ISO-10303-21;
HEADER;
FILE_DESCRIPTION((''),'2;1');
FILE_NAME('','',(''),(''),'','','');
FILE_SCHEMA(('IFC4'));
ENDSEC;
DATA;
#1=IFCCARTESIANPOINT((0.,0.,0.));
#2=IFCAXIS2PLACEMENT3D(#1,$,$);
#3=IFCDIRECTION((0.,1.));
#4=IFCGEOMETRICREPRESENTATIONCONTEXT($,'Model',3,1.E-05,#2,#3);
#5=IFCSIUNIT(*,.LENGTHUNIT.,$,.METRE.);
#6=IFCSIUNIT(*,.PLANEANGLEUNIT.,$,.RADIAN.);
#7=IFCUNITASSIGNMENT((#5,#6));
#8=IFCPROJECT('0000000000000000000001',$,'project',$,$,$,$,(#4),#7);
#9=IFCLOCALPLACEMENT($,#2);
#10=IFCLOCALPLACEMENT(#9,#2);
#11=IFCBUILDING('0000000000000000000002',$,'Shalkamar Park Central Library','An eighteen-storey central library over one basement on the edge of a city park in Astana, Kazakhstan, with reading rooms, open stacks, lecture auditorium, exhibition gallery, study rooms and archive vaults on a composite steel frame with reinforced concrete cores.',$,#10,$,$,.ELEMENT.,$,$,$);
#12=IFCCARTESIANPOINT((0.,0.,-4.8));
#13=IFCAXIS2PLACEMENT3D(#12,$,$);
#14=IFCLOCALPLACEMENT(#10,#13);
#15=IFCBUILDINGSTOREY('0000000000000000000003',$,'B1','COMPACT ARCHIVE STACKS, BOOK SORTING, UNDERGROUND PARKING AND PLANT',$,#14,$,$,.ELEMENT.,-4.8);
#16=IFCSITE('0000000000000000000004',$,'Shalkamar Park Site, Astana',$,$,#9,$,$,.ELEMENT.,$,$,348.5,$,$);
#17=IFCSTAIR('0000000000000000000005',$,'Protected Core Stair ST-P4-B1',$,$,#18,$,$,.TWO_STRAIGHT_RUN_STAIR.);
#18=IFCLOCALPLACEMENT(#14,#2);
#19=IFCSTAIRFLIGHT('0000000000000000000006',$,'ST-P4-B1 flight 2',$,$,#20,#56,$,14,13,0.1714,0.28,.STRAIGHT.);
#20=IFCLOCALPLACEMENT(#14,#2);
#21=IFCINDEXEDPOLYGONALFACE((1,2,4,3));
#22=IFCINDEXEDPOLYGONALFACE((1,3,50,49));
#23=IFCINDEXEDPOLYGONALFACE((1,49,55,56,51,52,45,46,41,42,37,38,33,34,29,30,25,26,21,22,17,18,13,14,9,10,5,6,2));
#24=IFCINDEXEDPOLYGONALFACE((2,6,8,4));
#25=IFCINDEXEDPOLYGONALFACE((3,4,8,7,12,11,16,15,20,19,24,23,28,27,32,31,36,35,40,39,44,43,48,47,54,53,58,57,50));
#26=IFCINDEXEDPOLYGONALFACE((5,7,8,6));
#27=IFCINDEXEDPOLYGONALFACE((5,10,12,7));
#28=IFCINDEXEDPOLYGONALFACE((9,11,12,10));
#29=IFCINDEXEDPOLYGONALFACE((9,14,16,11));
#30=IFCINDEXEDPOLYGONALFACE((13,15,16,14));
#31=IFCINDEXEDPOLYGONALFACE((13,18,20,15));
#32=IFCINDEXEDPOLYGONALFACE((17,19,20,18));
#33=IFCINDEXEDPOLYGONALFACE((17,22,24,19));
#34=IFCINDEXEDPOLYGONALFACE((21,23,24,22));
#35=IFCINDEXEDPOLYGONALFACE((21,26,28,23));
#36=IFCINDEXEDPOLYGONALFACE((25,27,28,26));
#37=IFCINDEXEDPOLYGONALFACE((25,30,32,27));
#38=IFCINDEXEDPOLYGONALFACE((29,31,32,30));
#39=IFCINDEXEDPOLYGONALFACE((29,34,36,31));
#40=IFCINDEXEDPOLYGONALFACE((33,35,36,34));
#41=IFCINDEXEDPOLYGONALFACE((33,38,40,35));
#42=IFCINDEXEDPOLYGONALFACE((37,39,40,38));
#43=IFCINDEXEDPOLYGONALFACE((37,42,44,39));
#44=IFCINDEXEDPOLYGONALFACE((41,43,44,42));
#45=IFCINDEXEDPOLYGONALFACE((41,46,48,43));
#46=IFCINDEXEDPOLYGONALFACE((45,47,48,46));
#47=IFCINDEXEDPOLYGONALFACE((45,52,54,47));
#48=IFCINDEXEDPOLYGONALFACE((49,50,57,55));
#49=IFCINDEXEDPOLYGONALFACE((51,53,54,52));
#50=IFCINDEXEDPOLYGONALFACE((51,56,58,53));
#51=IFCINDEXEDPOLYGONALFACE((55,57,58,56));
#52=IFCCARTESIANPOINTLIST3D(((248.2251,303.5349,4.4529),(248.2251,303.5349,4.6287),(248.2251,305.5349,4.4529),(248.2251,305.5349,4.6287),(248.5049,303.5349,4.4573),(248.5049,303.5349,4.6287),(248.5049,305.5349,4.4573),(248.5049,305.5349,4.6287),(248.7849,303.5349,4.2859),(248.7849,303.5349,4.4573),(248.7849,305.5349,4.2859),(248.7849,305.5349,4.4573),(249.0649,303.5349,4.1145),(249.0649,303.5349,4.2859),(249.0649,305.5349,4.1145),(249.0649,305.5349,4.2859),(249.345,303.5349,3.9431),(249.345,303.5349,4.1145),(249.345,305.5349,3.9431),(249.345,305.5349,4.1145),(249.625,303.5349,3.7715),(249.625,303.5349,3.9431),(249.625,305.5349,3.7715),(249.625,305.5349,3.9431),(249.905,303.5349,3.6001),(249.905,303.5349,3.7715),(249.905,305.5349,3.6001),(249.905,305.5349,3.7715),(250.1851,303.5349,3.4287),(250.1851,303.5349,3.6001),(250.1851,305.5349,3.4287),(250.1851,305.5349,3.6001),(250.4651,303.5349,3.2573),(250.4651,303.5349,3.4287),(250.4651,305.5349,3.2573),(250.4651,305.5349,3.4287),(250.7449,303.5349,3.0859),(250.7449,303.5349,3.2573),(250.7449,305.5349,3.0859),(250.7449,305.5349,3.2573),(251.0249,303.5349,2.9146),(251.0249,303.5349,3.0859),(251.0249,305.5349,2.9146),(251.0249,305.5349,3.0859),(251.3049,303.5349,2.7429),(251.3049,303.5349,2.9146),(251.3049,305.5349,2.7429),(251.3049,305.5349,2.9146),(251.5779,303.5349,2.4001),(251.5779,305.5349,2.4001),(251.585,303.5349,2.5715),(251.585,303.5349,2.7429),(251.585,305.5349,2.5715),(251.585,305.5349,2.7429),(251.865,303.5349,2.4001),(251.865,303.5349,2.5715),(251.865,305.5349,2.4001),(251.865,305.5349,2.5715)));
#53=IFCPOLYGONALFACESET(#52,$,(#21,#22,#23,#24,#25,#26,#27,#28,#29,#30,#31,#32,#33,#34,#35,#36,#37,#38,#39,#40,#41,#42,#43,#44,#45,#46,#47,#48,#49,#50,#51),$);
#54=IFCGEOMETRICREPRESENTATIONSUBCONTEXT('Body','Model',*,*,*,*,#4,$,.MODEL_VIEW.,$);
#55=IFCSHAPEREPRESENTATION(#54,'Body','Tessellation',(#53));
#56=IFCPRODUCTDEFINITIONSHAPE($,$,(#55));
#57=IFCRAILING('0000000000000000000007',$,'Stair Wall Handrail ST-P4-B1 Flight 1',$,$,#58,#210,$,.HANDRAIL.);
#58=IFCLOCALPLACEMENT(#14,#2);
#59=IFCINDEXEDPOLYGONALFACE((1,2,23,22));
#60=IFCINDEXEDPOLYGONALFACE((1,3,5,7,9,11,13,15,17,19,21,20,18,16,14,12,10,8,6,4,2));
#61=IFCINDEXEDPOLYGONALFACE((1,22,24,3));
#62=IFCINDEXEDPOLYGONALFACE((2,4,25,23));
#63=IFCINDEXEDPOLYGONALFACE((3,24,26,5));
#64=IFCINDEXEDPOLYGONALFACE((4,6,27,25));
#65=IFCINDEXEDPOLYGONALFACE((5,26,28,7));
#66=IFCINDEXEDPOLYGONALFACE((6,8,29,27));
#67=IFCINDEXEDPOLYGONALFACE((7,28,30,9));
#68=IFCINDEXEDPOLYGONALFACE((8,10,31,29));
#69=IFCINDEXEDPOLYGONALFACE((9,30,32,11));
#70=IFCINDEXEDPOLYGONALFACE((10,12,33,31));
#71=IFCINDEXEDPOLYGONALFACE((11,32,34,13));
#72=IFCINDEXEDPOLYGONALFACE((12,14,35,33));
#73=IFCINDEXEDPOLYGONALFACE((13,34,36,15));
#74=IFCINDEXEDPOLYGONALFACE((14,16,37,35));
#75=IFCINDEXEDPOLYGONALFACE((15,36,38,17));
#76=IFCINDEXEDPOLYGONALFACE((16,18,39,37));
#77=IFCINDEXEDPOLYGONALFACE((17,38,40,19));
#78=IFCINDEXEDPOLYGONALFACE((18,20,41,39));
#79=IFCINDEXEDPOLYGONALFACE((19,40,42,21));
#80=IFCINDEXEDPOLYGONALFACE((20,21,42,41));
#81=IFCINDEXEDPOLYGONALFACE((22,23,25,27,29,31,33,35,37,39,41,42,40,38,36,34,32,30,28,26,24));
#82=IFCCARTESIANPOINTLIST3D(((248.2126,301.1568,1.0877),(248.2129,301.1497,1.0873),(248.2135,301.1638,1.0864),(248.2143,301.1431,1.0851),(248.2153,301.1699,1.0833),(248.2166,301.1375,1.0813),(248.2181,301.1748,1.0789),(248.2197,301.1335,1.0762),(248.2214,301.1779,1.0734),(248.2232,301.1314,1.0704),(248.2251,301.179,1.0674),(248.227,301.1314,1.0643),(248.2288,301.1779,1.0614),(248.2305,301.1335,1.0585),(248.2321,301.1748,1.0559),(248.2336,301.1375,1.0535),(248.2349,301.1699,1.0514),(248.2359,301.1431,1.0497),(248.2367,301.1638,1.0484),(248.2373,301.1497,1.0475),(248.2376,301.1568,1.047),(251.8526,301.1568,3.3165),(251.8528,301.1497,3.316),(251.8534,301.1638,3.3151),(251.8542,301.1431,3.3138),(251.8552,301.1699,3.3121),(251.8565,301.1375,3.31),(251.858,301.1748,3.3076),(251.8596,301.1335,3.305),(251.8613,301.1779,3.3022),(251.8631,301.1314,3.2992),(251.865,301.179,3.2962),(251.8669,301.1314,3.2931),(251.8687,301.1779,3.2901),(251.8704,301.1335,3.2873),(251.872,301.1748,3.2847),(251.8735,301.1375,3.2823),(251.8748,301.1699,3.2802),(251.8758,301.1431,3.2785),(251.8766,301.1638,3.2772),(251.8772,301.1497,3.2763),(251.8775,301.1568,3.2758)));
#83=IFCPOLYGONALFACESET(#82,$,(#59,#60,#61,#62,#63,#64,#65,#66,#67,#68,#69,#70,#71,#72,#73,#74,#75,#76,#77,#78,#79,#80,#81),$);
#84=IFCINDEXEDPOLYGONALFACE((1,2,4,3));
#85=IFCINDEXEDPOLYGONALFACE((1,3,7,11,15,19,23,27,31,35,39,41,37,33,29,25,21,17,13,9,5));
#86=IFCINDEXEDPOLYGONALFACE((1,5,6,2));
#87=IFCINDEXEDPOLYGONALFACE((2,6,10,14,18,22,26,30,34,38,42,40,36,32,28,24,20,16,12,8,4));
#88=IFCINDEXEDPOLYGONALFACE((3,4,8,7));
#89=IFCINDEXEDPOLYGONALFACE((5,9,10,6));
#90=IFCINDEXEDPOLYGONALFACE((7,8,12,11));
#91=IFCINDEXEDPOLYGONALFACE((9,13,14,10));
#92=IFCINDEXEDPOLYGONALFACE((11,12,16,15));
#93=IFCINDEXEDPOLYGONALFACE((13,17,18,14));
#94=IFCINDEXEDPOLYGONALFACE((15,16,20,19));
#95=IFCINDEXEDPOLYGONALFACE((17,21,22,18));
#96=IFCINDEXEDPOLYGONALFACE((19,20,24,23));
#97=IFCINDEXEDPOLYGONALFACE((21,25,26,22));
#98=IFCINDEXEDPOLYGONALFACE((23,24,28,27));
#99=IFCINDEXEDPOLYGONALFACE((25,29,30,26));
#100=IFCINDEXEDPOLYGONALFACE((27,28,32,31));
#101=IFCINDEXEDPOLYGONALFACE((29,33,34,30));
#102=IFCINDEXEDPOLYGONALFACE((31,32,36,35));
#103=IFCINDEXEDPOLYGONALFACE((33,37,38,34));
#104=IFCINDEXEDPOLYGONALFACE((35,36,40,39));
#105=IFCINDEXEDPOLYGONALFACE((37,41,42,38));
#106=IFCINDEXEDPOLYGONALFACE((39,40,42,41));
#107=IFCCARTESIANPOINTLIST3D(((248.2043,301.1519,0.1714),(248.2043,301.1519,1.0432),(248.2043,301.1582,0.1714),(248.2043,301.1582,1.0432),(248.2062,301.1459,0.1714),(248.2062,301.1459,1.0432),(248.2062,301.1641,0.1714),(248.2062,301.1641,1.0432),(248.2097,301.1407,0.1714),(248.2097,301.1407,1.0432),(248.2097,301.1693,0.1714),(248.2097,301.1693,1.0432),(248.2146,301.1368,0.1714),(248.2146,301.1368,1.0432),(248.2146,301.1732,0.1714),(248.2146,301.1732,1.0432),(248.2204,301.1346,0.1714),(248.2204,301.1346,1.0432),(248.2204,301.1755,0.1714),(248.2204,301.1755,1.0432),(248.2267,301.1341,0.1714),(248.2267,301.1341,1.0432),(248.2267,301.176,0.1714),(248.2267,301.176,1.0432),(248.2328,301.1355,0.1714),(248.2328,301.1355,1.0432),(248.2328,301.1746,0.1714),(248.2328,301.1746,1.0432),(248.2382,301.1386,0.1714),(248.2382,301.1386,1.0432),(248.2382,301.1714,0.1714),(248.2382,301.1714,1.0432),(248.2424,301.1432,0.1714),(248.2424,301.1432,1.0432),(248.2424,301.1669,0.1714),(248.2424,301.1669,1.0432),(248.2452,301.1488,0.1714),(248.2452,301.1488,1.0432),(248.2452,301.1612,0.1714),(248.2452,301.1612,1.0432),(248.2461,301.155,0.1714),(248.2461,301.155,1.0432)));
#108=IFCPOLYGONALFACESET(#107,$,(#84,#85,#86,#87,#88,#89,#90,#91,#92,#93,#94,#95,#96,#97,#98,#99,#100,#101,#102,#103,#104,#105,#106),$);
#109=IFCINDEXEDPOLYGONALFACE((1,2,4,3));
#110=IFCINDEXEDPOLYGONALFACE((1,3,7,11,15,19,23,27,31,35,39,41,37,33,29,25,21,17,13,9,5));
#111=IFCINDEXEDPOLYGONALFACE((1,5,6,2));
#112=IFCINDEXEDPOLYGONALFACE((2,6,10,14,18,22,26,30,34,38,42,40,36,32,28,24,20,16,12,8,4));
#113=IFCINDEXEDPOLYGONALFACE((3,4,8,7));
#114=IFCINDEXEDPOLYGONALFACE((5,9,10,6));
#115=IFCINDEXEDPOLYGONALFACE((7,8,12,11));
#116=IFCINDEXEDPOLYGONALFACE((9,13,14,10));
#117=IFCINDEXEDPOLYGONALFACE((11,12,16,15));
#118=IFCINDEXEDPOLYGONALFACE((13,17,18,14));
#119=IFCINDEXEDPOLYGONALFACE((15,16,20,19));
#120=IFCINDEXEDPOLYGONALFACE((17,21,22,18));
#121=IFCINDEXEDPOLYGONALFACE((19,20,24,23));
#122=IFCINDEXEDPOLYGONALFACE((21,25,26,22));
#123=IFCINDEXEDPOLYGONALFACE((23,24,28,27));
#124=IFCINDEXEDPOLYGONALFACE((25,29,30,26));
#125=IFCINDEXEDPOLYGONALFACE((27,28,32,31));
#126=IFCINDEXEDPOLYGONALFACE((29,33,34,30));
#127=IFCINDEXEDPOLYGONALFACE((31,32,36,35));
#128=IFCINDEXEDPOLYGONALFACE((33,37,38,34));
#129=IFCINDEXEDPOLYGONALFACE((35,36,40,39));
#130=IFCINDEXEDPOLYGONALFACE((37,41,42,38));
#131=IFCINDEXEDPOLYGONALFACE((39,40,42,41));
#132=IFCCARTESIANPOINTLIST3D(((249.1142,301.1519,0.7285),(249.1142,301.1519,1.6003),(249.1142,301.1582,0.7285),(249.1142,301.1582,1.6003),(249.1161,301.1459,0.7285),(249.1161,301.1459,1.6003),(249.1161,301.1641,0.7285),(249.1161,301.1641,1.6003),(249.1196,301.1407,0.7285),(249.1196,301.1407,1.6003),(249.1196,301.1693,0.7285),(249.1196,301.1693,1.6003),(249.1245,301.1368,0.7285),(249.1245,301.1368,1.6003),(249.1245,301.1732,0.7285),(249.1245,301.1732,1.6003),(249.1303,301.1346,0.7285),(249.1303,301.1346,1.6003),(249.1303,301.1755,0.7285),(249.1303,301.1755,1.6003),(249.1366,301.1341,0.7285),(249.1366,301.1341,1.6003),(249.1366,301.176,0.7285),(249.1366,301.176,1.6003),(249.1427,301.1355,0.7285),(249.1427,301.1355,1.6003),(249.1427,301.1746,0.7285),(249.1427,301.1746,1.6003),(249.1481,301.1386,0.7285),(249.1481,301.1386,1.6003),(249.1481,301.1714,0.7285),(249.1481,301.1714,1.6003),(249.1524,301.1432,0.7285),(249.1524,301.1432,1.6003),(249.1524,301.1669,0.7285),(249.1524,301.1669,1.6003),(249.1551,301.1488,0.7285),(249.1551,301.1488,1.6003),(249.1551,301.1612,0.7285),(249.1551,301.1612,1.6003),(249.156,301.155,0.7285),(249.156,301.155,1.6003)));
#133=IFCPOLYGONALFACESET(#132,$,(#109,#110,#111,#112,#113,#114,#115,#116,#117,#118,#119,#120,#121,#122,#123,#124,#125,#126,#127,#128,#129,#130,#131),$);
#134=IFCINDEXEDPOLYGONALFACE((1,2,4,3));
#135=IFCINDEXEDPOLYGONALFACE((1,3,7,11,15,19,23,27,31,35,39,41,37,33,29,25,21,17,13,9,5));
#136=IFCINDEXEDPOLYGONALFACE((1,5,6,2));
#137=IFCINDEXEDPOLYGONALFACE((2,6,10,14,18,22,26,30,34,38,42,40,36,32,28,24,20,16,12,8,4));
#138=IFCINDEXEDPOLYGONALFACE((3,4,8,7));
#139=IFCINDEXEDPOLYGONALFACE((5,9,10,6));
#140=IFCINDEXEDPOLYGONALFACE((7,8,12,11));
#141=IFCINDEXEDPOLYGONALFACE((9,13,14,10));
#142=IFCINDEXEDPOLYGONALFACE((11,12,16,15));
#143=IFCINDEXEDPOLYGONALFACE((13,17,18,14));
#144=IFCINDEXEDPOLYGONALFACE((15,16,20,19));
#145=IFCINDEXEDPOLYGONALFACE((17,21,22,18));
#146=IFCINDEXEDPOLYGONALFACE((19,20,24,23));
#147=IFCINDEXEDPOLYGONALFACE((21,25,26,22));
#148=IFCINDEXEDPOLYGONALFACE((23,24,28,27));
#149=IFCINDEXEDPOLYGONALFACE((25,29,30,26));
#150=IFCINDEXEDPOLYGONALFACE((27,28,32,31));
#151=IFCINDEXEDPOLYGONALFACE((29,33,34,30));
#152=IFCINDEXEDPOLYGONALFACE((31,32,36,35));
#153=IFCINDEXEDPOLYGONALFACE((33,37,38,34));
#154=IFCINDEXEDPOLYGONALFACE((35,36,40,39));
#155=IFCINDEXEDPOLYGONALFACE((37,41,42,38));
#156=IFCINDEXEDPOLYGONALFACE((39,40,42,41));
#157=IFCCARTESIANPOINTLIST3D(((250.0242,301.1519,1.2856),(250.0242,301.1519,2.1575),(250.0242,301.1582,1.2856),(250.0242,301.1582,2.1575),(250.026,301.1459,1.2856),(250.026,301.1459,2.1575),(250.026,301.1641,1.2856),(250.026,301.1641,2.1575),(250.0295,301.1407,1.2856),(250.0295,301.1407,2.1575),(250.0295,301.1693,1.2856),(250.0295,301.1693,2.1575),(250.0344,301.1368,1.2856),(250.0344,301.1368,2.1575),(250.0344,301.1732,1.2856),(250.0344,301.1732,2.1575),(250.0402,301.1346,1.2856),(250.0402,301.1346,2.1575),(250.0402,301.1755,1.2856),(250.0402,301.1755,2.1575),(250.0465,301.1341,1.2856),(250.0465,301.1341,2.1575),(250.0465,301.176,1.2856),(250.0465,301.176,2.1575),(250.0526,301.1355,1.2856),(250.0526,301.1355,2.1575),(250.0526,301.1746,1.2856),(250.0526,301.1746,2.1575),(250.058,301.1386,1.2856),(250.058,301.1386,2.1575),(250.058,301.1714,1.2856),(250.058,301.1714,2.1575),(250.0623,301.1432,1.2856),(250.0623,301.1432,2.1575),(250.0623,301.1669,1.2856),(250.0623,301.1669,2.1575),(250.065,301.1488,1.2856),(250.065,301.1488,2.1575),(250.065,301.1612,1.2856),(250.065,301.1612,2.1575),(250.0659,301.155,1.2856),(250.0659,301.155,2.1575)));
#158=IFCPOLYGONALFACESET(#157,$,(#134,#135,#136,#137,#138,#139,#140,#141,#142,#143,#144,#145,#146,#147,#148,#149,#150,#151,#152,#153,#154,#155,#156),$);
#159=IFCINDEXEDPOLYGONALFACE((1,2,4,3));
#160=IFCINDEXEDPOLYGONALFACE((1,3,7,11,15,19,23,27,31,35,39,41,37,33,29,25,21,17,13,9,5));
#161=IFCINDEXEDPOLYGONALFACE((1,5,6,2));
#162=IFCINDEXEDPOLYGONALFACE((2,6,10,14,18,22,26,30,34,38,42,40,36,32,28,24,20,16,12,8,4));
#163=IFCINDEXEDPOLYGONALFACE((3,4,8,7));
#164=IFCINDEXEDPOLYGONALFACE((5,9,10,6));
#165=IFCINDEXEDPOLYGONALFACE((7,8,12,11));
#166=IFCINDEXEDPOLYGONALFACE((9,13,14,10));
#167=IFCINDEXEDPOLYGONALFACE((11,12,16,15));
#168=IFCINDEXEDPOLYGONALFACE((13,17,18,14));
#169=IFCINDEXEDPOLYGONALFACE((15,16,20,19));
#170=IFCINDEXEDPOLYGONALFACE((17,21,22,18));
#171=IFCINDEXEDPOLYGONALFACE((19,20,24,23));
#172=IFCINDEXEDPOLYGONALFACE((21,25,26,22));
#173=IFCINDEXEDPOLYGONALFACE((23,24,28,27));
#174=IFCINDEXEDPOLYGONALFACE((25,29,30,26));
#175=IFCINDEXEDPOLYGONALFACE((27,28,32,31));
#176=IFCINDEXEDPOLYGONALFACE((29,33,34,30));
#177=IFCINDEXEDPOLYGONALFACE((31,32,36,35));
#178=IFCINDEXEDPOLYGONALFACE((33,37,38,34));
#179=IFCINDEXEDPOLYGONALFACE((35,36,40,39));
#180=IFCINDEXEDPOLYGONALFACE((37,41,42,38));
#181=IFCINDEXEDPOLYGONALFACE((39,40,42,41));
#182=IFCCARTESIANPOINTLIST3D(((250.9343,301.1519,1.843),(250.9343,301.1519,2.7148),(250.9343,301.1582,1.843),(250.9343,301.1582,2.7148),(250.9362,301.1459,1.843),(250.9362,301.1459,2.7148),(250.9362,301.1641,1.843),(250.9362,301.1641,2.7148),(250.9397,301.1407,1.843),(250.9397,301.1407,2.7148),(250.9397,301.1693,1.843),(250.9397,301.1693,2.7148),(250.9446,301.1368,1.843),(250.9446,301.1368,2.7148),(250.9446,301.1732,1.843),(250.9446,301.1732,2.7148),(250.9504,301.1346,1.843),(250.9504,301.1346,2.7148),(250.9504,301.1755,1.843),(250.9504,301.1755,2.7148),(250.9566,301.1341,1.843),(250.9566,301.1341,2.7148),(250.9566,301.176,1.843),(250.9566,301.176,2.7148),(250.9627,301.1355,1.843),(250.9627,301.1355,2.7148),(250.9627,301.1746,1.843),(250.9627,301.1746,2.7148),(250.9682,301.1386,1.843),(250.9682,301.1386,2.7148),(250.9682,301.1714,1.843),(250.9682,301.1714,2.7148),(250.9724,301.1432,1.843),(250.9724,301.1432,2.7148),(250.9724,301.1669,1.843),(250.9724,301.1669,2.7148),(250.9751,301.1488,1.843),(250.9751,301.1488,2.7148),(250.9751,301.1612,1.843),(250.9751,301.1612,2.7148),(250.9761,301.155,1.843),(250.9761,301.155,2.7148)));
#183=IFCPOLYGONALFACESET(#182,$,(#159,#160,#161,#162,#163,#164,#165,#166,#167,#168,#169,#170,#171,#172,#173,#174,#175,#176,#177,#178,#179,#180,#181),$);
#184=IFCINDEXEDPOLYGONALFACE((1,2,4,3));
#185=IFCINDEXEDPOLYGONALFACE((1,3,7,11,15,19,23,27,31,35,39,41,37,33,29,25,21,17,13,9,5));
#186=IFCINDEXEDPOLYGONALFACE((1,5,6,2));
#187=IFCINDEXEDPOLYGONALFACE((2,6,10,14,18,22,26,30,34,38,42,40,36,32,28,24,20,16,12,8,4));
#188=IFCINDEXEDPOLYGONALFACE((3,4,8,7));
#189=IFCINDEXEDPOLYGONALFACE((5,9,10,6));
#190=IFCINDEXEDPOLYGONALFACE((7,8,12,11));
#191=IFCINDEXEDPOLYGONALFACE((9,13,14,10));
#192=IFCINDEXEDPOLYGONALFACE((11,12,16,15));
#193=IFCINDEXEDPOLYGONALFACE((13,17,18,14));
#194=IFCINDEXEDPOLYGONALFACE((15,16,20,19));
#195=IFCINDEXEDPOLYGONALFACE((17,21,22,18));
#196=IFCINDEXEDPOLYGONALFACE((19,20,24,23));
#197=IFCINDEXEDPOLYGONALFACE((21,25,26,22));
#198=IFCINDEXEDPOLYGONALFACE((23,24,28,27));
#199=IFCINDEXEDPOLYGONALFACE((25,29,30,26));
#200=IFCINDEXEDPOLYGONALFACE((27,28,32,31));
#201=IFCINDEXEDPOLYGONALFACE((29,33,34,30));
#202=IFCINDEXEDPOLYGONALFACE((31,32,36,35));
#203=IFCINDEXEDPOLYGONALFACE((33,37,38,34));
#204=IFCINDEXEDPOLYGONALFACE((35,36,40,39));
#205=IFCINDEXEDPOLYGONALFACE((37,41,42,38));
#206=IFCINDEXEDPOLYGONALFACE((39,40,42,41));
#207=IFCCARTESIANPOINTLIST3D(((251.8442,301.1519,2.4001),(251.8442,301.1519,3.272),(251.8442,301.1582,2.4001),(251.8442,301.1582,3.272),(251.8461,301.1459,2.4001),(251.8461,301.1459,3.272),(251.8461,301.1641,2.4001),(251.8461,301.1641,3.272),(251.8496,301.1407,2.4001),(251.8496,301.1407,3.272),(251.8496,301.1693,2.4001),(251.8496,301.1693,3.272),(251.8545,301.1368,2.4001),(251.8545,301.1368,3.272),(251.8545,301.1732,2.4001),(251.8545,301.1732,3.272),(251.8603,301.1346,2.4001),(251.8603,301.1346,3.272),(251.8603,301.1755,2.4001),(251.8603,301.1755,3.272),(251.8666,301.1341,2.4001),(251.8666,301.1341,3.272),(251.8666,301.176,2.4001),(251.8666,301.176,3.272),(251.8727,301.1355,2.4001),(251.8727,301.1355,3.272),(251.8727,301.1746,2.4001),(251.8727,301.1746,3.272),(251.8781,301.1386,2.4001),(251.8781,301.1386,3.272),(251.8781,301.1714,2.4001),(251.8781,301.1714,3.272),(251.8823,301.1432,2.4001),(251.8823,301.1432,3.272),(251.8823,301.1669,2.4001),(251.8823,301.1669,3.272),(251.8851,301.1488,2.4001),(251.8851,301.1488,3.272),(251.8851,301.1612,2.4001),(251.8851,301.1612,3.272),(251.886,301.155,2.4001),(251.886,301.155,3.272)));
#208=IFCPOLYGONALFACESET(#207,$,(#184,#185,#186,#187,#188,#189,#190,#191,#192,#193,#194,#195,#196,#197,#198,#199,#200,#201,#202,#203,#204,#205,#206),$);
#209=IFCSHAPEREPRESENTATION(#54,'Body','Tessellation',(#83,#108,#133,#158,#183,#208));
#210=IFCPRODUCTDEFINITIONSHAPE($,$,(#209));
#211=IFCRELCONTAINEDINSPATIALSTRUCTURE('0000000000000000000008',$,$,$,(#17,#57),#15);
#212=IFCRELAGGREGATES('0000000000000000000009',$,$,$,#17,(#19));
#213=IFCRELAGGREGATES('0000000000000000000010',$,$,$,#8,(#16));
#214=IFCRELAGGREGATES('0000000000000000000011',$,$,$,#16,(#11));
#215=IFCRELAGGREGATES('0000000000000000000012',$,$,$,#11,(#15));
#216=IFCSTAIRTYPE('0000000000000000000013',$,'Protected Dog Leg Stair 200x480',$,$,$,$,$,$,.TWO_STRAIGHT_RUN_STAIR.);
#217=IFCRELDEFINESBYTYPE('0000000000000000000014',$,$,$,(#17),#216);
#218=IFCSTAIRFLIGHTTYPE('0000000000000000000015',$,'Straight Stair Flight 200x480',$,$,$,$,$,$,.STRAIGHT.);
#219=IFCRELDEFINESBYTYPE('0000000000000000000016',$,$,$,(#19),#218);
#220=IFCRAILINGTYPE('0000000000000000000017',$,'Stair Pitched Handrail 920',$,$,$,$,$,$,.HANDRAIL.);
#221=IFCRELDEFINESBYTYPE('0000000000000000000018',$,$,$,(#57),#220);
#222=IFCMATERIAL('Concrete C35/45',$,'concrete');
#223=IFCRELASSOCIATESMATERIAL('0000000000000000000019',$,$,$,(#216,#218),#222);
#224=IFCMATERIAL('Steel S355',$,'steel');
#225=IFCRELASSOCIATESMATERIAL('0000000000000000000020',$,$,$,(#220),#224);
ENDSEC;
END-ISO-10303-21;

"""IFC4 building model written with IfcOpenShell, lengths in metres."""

from ifc_helpers import new_model, si_unit, direction, frame, origin, origin_2d, place, context, subcontext, project, spatial, polyline, circle, outline, extrude, material, type_object, element, aggregate, save


model = new_model("IFC4")

# Units and contexts
model_context = context("Model", 3, precision=1e-05, world=origin(), true_north=direction((0.0, 1.0)))
body_context = subcontext(model_context, "Body", "Model", "MODEL_VIEW")
ifc_project = project(units=[si_unit("LENGTHUNIT", "METRE"), si_unit("PLANEANGLEUNIT", "RADIAN")], contexts=[model_context])

# Site, building, storey
site_placement = place(None, origin())
site = spatial("IfcSite", under=ifc_project, at=site_placement, Name="Shalkamar Park Site, Astana", CompositionType="ELEMENT", RefElevation=348.5)
building_placement = place(site_placement, origin())
building = spatial("IfcBuilding", under=site, at=building_placement, Name="Shalkamar Park Central Library", Description="An eighteen-storey central library over one basement on the edge of a city park in Astana, Kazakhstan, with reading rooms, open stacks, lecture auditorium, exhibition gallery, study rooms and archive vaults on a composite steel frame with reinforced concrete cores.", CompositionType="ELEMENT")
storey_placement = place(building_placement, frame((0.0, 0.0, -4.8)))
storey = spatial("IfcBuildingStorey", under=building, at=storey_placement, Name="B1", Description="COMPACT ARCHIVE STACKS, BOOK SORTING, UNDERGROUND PARKING AND PLANT", CompositionType="ELEMENT", Elevation=-4.8)

# Shared definitions
ifc_material_1 = material(Name="Concrete C35/45", Category="concrete")

# Shared definitions
ifc_material_2 = material(Name="Steel S355", Category="steel")

# Stair, stair flight
stair_type = type_object("IfcStairType", Name="Protected Dog Leg Stair 200x480", PredefinedType="TWO_STRAIGHT_RUN_STAIR", material=ifc_material_1)
stair_placement = place(storey_placement, origin())
stair = element("IfcStair", 1, at=stair_placement, inside=storey, type_object=stair_type, Name="Protected Core Stair ST-P4-B1", PredefinedType="TWO_STRAIGHT_RUN_STAIR")
stair_flight_type = type_object("IfcStairFlightType", Name="Straight Stair Flight 200x480", PredefinedType="STRAIGHT", material=ifc_material_1)
stair_flight_1_placement = place(storey_placement, frame((251.865, 304.5349, 2.4001), z_axis=(0.0, 0.0, 1.0), x_axis=(-1.0, 0.0, 0.0)))
stair_flight_1 = element("IfcStairFlight", 2, at=stair_flight_1_placement, type_object=stair_flight_type, Name="ST-P4-B1 flight 2", NumberOfRisers=14, NumberOfTreads=13, PredefinedType="STRAIGHT", RiserHeight=0.1714, TreadLength=0.28, context=body_context, shape_type="SweptSolid", body=[
    extrude(outline(polyline([(0.0, 0.0), (0.0, 0.1714), (0.28, 0.1714), (0.28, 0.3428), (0.5601, 0.3428), (0.5601, 0.5144), (0.8401, 0.5144), (0.8401, 0.6858), (1.1201, 0.6858), (1.1201, 0.8572), (1.3999, 0.8572), (1.3999, 1.0286), (1.6799, 1.0286), (1.6799, 1.2), (1.96, 1.2), (1.96, 1.3713), (2.24, 1.3713), (2.24, 1.543), (2.52, 1.543), (2.52, 1.7144), (2.8, 1.7144), (2.8, 1.8857), (3.0801, 1.8857), (3.0801, 2.0571), (3.3601, 2.0571), (3.3601, 2.2285), (3.6399, 2.2285), (3.6399, 2.3999), (3.6399, 2.0527), (0.2871, 0.0), (0.0, 0.0)])), frame((0.0, 1.0, 0.0), z_axis=(0.0, -1.0, 0.0), x_axis=(1.0, 0.0, 0.0)), (0.0, 0.0, 1.0), 2.0),
])
aggregate(stair, [stair_flight_1])

# Railing
railing_type_1 = type_object("IfcRailingType", Name="Stair Pitched Handrail 920", PredefinedType="HANDRAIL", material=ifc_material_2)
railing_1_placement = place(storey_placement, frame((248.2251, 301.155, 0.1714)))
element("IfcRailing", 3, at=railing_1_placement, inside=storey, type_object=railing_type_1, Name="Stair Wall Handrail ST-P4-B1 Flight 1", PredefinedType="HANDRAIL", context=body_context, shape_type="SweptSolid", body=[
    extrude(circle(Radius=0.0239, at=origin_2d()), frame((0.0, 0.0, 0.896), z_axis=(0.852825, 0.0, 0.522197), x_axis=(0.0, 1.0, 0.0)), (0.0, 0.0, 1.0), 4.2681),
    extrude(circle(Radius=0.021, at=origin_2d()), origin(), (0.0, 0.0, 1.0), 0.8718),
    extrude(circle(Radius=0.021, at=origin_2d()), frame((0.9099, 0.0, 0.5571)), (0.0, 0.0, 1.0), 0.8718),
    extrude(circle(Radius=0.021, at=origin_2d()), frame((1.8198, 0.0, 1.1143)), (0.0, 0.0, 1.0), 0.8718),
    extrude(circle(Radius=0.021, at=origin_2d()), frame((2.73, 0.0, 1.6716)), (0.0, 0.0, 1.0), 0.8718),
    extrude(circle(Radius=0.021, at=origin_2d()), frame((3.6399, 0.0, 2.2288)), (0.0, 0.0, 1.0), 0.8718),
])

save(model, "model.ifc")
